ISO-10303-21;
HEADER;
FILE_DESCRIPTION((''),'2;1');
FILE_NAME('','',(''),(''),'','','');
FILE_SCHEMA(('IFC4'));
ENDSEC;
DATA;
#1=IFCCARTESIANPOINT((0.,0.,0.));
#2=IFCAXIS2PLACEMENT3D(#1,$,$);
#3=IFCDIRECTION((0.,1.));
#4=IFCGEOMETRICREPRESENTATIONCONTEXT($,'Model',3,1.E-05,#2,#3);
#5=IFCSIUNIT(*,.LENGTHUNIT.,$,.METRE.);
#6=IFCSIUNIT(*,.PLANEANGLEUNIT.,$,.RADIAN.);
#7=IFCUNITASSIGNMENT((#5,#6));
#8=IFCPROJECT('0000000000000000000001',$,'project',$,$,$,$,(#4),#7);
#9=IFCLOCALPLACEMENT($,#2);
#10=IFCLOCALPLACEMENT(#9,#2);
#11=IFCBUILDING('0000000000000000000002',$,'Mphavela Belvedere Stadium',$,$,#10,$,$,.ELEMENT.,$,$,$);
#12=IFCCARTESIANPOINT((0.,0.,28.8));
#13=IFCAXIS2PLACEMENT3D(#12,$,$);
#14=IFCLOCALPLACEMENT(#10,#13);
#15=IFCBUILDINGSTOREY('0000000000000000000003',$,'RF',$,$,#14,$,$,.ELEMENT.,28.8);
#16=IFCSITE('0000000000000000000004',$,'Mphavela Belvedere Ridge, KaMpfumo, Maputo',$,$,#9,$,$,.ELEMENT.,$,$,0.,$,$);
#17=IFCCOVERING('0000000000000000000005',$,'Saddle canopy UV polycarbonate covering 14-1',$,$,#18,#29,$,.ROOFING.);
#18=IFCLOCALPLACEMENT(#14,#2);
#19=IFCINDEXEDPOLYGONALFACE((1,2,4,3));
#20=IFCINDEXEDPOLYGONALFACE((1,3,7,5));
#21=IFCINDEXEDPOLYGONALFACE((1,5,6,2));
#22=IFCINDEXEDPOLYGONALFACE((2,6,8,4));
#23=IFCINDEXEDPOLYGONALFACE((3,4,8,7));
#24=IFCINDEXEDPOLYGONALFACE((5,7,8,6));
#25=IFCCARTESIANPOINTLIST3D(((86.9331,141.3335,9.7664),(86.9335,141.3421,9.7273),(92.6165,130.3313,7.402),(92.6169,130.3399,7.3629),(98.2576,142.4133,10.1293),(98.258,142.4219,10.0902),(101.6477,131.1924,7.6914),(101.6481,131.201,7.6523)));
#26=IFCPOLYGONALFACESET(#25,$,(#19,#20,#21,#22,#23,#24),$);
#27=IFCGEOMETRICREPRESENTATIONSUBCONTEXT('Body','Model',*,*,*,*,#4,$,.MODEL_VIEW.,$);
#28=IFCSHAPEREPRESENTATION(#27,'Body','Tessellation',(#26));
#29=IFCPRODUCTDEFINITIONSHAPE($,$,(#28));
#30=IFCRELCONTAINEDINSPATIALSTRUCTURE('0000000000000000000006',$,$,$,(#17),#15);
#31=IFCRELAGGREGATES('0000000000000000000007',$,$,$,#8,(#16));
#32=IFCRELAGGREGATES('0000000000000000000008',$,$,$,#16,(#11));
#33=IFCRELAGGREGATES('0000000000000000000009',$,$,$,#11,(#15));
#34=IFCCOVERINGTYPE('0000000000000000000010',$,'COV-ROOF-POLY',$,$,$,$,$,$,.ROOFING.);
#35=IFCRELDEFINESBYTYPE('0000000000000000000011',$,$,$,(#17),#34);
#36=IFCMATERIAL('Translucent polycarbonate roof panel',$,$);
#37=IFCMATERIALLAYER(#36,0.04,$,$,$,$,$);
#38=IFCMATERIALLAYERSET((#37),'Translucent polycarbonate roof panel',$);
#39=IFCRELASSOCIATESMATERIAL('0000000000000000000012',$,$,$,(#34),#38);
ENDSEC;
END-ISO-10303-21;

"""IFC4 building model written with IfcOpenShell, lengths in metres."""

from ifc_helpers import new_model, si_unit, direction, frame, origin, place, context, subcontext, project, spatial, polyline, outline, extrude, material, layer, layer_set, type_object, element, save


model = new_model("IFC4")

# Units and contexts
model_context = context("Model", 3, precision=1e-05, world=origin(), true_north=direction((0.0, 1.0)))
body_context = subcontext(model_context, "Body", "Model", "MODEL_VIEW")
ifc_project = project(units=[si_unit("LENGTHUNIT", "METRE"), si_unit("PLANEANGLEUNIT", "RADIAN")], contexts=[model_context])

# Site, building, storey
site_placement = place(None, origin())
site = spatial("IfcSite", under=ifc_project, at=site_placement, Name="Mphavela Belvedere Ridge, KaMpfumo, Maputo", CompositionType="ELEMENT", RefElevation=0.0)
building_placement = place(site_placement, origin())
building = spatial("IfcBuilding", under=site, at=building_placement, Name="Mphavela Belvedere Stadium", CompositionType="ELEMENT")
storey_placement = place(building_placement, frame((0.0, 0.0, 28.8)))
storey = spatial("IfcBuildingStorey", under=building, at=storey_placement, Name="RF", CompositionType="ELEMENT", Elevation=28.8)

# Covering
ifc_material_1 = material(Name="Translucent polycarbonate roof panel")
ifc_layer_1 = layer(ifc_material_1, 0.04)
ifc_layer_set_1 = layer_set([ifc_layer_1], Name="Translucent polycarbonate roof panel")
covering_type = type_object("IfcCoveringType", Name="COV-ROOF-POLY", PredefinedType="ROOFING", material=ifc_layer_set_1)
covering_1_placement = place(storey_placement, frame((101.6477, 131.1924, 7.6914), z_axis=(-0.010755, -0.215398, 0.976467), x_axis=(-0.994979, -0.094869, -0.031886)))
element("IfcCovering", 1, at=covering_1_placement, inside=storey, type_object=covering_type, Name="Saddle canopy UV polycarbonate covering 14-1", PredefinedType="ROOFING", context=body_context, shape_type="SweptSolid", body=[
    extrude(outline(polyline([(0.0, 0.0), (9.0768, 0.0), (13.6125, -11.763), (2.2309, -11.763), (0.0, 0.0)])), origin(), (0.0, 0.0, -1.0), 0.04),
])

save(model, "model.ifc")
